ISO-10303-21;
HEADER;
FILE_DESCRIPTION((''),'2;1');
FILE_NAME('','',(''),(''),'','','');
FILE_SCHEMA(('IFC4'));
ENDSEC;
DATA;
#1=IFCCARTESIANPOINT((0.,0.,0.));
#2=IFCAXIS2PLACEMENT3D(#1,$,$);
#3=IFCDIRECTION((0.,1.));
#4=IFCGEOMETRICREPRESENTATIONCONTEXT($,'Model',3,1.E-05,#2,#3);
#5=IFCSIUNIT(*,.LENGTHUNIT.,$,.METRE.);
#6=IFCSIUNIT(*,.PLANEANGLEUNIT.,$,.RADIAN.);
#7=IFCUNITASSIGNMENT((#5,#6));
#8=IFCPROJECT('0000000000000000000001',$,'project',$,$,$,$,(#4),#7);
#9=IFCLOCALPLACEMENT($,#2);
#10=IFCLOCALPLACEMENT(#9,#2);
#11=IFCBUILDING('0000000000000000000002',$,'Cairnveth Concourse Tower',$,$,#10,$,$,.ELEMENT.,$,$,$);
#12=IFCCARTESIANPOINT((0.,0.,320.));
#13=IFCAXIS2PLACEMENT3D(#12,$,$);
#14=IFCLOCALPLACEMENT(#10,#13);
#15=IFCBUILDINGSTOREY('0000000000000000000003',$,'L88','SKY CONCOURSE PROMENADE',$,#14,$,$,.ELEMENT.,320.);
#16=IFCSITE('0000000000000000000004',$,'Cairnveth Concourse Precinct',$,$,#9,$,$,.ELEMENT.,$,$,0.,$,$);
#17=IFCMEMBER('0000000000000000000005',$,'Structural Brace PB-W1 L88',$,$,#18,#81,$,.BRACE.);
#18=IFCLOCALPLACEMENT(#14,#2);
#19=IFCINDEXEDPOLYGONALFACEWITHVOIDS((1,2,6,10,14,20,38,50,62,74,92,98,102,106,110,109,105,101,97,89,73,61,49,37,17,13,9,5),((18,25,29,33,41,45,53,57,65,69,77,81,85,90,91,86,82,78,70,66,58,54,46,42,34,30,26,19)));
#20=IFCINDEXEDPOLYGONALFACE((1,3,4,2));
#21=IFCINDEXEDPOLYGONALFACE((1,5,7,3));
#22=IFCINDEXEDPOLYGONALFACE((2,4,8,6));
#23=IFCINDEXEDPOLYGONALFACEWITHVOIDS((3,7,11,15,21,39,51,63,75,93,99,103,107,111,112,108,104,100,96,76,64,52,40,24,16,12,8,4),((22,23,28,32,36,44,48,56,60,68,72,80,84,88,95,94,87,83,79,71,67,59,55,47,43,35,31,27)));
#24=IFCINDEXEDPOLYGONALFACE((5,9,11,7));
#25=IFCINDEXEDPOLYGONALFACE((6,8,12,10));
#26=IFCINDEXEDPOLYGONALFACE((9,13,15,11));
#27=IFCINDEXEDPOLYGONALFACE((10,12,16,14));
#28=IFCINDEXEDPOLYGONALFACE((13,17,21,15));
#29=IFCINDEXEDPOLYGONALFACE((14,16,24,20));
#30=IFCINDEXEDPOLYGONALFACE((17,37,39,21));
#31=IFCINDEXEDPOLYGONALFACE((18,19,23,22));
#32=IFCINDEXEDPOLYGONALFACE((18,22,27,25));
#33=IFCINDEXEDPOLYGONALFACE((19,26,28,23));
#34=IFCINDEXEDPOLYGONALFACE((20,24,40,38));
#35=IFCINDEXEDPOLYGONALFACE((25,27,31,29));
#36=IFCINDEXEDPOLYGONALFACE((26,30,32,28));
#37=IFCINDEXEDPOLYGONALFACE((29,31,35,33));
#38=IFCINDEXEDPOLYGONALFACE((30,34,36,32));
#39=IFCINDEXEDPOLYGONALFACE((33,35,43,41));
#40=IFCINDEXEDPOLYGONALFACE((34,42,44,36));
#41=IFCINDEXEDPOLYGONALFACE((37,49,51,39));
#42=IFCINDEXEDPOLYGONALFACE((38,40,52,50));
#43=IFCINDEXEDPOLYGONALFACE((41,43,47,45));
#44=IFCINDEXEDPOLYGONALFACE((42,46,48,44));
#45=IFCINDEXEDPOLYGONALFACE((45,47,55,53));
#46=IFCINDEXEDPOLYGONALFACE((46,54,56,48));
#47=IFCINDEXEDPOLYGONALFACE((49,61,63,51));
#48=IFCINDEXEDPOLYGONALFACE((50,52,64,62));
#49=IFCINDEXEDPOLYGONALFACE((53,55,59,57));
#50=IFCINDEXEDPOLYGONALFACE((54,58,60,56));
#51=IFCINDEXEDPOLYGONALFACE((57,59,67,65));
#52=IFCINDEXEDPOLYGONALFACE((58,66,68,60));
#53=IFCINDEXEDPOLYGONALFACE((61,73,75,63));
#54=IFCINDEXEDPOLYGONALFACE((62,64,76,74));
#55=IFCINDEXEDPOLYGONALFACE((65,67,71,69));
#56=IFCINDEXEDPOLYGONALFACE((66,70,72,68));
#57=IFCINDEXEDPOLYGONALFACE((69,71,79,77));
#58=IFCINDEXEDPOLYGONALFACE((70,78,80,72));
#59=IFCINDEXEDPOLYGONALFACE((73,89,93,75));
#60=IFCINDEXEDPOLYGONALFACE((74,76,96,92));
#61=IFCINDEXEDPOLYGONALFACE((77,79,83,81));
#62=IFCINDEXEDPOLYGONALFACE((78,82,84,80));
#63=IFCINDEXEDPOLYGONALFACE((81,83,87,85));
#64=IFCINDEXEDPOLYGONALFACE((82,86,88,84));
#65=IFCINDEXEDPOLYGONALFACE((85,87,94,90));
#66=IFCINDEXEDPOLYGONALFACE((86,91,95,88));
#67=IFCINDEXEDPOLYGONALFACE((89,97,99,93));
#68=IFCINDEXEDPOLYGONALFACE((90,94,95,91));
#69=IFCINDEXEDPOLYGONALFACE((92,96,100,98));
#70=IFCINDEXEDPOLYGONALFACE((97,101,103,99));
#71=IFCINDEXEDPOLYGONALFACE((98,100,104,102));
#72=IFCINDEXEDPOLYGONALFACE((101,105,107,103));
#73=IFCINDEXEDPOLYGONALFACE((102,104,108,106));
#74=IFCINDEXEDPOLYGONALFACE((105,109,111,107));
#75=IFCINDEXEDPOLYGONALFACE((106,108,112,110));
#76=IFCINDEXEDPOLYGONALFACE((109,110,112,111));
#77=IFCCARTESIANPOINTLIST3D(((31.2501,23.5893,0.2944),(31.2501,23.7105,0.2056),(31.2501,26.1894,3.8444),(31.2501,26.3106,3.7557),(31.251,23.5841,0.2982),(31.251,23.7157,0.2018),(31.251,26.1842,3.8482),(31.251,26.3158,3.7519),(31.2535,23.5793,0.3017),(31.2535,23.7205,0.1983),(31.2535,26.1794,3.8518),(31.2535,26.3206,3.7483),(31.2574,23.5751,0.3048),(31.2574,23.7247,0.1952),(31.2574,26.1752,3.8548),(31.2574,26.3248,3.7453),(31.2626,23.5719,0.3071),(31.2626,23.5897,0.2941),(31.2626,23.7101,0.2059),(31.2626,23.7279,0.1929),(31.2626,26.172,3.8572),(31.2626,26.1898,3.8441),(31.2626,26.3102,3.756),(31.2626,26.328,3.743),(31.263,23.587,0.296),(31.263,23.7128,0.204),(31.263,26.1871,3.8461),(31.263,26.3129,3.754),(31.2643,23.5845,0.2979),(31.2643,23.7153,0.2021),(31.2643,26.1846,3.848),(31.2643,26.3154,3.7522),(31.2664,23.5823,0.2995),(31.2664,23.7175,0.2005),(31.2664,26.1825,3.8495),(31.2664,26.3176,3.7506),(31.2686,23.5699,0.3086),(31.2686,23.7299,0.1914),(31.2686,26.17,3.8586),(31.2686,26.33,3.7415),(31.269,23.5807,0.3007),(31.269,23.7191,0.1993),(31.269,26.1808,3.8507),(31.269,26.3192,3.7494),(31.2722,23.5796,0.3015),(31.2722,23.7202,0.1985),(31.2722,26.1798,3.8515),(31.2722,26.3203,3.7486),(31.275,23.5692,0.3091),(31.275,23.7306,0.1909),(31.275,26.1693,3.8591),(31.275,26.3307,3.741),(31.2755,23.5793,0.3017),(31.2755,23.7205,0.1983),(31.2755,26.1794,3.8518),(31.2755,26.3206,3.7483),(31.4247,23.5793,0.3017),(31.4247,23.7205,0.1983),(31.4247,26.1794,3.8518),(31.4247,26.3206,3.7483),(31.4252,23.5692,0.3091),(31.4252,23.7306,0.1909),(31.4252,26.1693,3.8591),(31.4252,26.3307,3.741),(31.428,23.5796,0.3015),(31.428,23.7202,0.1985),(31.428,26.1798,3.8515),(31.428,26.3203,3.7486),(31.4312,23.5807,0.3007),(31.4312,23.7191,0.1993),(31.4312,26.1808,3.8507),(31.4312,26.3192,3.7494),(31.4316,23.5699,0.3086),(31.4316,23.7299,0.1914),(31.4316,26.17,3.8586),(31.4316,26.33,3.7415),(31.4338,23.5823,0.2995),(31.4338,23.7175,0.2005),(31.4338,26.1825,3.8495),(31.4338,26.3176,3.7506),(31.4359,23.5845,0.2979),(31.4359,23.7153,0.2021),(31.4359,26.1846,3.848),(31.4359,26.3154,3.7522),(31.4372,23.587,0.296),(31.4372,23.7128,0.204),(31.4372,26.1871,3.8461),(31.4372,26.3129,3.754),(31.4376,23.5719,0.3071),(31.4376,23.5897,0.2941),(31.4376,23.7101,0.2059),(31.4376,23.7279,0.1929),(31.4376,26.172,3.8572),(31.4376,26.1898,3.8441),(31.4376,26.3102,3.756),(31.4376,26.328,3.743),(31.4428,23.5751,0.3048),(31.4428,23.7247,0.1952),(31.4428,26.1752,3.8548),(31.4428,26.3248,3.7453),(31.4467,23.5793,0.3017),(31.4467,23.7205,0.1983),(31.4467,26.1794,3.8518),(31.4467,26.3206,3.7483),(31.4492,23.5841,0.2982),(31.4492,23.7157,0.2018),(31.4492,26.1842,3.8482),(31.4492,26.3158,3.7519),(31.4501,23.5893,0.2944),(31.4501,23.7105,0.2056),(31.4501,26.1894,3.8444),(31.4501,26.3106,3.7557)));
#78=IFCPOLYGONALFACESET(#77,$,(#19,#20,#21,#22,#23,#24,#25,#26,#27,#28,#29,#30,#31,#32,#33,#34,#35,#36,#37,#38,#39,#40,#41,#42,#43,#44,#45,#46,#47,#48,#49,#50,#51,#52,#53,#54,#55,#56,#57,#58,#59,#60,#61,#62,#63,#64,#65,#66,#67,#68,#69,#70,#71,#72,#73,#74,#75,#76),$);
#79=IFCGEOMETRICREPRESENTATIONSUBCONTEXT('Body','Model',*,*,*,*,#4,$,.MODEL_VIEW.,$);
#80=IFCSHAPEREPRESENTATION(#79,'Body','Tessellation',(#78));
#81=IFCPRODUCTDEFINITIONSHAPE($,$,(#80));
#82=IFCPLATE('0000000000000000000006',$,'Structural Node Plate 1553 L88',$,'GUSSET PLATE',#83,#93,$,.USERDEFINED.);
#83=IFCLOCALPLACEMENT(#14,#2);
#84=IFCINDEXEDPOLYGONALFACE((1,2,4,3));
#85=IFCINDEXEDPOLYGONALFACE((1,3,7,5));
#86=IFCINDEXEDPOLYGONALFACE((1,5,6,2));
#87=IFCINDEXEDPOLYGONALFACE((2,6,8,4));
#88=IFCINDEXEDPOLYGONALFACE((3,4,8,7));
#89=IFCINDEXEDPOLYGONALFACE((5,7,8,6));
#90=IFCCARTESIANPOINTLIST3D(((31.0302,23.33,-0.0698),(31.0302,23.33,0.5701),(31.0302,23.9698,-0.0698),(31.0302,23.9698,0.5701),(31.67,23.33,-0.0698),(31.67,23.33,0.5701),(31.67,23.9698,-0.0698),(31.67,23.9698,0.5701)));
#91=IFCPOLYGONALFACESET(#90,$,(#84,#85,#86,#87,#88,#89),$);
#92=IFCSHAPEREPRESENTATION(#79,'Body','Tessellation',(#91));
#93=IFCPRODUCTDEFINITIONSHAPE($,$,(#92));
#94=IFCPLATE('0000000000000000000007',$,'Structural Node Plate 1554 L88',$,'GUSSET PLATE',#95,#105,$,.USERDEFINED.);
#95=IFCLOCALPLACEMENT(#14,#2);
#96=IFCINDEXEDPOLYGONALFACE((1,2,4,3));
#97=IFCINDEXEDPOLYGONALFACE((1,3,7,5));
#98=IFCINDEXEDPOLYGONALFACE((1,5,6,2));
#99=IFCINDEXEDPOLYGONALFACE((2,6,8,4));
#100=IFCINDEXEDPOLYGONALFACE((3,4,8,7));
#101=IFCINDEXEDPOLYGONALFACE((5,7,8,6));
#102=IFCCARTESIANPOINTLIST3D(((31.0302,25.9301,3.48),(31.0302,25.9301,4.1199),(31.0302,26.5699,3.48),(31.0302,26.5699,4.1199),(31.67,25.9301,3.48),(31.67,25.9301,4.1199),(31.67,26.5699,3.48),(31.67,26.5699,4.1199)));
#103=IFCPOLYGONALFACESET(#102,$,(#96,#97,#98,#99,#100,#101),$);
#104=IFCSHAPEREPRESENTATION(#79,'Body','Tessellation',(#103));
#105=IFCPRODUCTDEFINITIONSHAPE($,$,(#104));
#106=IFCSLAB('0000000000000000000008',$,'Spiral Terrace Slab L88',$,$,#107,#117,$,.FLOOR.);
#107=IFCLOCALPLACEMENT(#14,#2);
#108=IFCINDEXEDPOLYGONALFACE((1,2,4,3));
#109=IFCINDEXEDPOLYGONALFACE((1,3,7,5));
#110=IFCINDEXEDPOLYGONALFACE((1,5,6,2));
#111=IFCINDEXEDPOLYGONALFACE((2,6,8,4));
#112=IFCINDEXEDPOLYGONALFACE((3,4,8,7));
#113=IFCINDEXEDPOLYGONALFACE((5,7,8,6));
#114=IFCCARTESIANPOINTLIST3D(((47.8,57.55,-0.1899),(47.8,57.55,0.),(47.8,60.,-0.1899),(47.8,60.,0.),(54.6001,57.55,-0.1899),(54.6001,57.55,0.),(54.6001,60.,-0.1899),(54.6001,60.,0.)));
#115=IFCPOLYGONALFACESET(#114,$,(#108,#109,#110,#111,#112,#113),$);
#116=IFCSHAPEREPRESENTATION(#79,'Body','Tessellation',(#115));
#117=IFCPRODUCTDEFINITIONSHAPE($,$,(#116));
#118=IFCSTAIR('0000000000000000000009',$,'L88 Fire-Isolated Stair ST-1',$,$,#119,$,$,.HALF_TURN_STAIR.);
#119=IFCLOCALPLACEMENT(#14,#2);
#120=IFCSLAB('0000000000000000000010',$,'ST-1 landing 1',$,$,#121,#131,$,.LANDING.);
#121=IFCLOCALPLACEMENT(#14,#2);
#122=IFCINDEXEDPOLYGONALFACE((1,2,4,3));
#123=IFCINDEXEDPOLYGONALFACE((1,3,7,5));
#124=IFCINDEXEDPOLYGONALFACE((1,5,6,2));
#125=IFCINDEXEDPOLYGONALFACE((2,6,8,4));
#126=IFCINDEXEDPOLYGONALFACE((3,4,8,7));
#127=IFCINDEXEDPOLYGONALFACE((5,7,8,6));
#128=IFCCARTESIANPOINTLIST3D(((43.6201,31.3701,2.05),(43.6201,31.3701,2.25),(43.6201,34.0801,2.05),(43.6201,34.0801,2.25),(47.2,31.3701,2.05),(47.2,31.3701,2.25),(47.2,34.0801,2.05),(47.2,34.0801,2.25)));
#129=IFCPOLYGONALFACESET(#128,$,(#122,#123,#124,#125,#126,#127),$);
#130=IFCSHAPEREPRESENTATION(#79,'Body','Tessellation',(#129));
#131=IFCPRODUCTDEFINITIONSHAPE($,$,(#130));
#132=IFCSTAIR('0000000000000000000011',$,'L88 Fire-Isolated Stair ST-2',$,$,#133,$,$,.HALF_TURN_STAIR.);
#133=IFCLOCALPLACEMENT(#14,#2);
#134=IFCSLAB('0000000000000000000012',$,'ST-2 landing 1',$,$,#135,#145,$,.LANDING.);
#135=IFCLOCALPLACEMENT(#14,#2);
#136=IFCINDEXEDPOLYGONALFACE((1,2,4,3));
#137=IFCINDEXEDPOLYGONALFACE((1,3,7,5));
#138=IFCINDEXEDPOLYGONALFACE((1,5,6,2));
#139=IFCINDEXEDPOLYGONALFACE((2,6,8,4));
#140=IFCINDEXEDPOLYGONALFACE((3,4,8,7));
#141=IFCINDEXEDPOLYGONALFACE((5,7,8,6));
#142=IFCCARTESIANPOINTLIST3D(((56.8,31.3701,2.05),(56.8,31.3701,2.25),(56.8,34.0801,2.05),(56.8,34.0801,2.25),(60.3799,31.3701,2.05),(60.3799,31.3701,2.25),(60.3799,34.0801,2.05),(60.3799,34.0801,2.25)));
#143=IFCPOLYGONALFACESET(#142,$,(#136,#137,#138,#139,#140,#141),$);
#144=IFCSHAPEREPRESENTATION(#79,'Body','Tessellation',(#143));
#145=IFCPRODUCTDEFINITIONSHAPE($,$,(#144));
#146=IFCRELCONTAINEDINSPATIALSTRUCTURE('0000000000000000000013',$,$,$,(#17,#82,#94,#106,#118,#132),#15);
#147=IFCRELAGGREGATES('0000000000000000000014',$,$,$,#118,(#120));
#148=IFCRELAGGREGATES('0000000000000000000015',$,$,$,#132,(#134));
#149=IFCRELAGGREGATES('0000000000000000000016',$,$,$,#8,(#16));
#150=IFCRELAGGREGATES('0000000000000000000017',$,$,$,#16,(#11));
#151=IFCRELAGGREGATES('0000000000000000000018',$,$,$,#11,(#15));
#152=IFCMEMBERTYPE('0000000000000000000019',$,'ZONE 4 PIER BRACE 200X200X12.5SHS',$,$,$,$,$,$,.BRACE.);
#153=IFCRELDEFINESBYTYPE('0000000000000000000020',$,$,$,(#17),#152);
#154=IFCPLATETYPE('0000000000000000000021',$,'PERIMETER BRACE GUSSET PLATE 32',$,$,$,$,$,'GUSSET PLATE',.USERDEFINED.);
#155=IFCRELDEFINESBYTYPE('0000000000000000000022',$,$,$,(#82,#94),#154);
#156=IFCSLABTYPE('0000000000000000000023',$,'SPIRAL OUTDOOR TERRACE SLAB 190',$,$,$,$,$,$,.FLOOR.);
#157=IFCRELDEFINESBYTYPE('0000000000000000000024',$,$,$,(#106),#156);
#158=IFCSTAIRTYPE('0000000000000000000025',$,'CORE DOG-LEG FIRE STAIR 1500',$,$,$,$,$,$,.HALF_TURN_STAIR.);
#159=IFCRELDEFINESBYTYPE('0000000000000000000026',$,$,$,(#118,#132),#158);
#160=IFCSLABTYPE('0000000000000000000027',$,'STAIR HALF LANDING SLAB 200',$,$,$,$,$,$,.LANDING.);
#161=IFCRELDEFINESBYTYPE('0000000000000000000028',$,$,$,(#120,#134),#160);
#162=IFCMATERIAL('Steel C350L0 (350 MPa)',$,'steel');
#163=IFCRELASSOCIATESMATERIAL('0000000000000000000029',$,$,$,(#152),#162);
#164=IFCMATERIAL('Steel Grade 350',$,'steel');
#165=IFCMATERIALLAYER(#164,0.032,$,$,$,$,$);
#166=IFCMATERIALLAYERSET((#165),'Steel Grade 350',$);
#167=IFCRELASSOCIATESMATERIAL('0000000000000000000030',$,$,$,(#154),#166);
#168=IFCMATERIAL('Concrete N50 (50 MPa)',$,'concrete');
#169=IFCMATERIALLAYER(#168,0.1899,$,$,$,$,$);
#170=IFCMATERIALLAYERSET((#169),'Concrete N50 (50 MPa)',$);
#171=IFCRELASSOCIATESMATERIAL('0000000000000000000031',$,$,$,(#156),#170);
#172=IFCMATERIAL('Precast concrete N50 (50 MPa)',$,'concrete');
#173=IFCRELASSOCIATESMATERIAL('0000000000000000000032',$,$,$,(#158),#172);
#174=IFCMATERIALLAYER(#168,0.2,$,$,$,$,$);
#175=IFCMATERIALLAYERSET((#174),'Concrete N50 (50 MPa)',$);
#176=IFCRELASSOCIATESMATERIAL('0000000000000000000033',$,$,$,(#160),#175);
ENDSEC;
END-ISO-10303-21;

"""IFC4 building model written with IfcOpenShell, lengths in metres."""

from ifc_helpers import new_model, si_unit, direction, frame, origin, origin_2d, place, context, subcontext, project, spatial, polyline, rectangle, hollow_rectangle, outline, extrude, material, layer, layer_set, material_profile, profile_set, type_object, element, aggregate, save


model = new_model("IFC4")

# Units and contexts
model_context = context("Model", 3, precision=1e-05, world=origin(), true_north=direction((0.0, 1.0)))
body_context = subcontext(model_context, "Body", "Model", "MODEL_VIEW")
ifc_project = project(units=[si_unit("LENGTHUNIT", "METRE"), si_unit("PLANEANGLEUNIT", "RADIAN")], contexts=[model_context])

# Site, building, storey
site_placement = place(None, origin())
site = spatial("IfcSite", under=ifc_project, at=site_placement, Name="Cairnveth Concourse Precinct", CompositionType="ELEMENT", RefElevation=0.0)
building_placement = place(site_placement, origin())
building = spatial("IfcBuilding", under=site, at=building_placement, Name="Cairnveth Concourse Tower", CompositionType="ELEMENT")
storey_placement = place(building_placement, frame((0.0, 0.0, 320.0)))
storey = spatial("IfcBuildingStorey", under=building, at=storey_placement, Name="L88", Description="SKY CONCOURSE PROMENADE", CompositionType="ELEMENT", Elevation=320.0)

# Shared definitions
ifc_material_1 = material(Name="Steel Grade 350", Category="steel")

# Member
ifc_material_2 = material(Name="Steel C350L0 (350 MPa)", Category="steel")
ifc_material_profile_1 = material_profile(ifc_material_2, hollow_rectangle(XDim=0.2, YDim=0.2, WallThickness=0.0125, InnerFilletRadius=0.0129, OuterFilletRadius=0.0249, at=origin_2d()), Name="200x200x12.5SHS")
ifc_profile_set_1 = profile_set([ifc_material_profile_1], Name="Steel C350L0 (350 MPa)")
member_type = type_object("IfcMemberType", Name="ZONE 4 PIER BRACE 200X200X12.5SHS", PredefinedType="BRACE", material=ifc_profile_set_1)
member_placement = place(storey_placement, frame((31.3501, 23.6499, 0.25), z_axis=(0.0, 0.59088, 0.806759), x_axis=(-1.0, 0.0, 0.0)))
element("IfcMember", 1, at=member_placement, inside=storey, type_object=member_type, Name="Structural Brace PB-W1 L88", PredefinedType="BRACE", context=body_context, shape_type="SweptSolid", body=[
    extrude(hollow_rectangle(XDim=0.2, YDim=0.2, WallThickness=0.0125, InnerFilletRadius=0.0129, OuterFilletRadius=0.0249, at=origin_2d()), origin(), (0.0, 0.0, 1.0), 4.4004),
])

# Plates
ifc_layer_1 = layer(ifc_material_1, 0.032)
ifc_layer_set_1 = layer_set([ifc_layer_1], Name="Steel Grade 350")
plate_type = type_object("IfcPlateType", Name="PERIMETER BRACE GUSSET PLATE 32", ElementType="GUSSET PLATE", PredefinedType="USERDEFINED", material=ifc_layer_set_1)
for number, where, z_axis, x_axis, name in (
    (2, (31.3501, 23.6499, -0.0698), (0.0, 0.0, 1.0), (1.0, 0.0, 0.0), "Structural Node Plate 1553 L88"),
    (3, (31.3501, 26.25, 3.48), (0.0, 0.0, 1.0), (1.0, 0.0, 0.0), "Structural Node Plate 1554 L88"),
):
    element("IfcPlate", number, at=place(storey_placement, frame(where, z_axis=z_axis, x_axis=x_axis)), inside=storey, type_object=plate_type, Name=name, ObjectType="GUSSET PLATE", PredefinedType="USERDEFINED", context=body_context, shape_type="SweptSolid", body=[
        extrude(rectangle(XDim=0.6399, YDim=0.6399, at=origin_2d()), origin(), (0.0, 0.0, 1.0), 0.6399),
    ])

# Slab
ifc_material_3 = material(Name="Concrete N50 (50 MPa)", Category="concrete")
ifc_layer_2 = layer(ifc_material_3, 0.1899)
ifc_layer_set_2 = layer_set([ifc_layer_2], Name="Concrete N50 (50 MPa)")
slab_type_1 = type_object("IfcSlabType", Name="SPIRAL OUTDOOR TERRACE SLAB 190", PredefinedType="FLOOR", material=ifc_layer_set_2)
slab_1_placement = place(storey_placement, frame((0.0, 0.0, -0.1899)))
element("IfcSlab", 4, at=slab_1_placement, inside=storey, type_object=slab_type_1, Name="Spiral Terrace Slab L88", PredefinedType="FLOOR", context=body_context, shape_type="SweptSolid", body=[
    extrude(outline(polyline([(47.8, 57.55), (54.6001, 57.55), (54.6001, 60.0), (47.8, 60.0), (47.8, 57.55)])), origin(), (0.0, 0.0, 1.0), 0.1899),
])

# Stairs, slabs
ifc_material_4 = material(Name="Precast concrete N50 (50 MPa)", Category="concrete")
stair_type = type_object("IfcStairType", Name="CORE DOG-LEG FIRE STAIR 1500", PredefinedType="HALF_TURN_STAIR", material=ifc_material_4)
stair_1_placement = place(storey_placement, origin())
stair_1 = element("IfcStair", 5, at=stair_1_placement, inside=storey, type_object=stair_type, Name="L88 Fire-Isolated Stair ST-1", PredefinedType="HALF_TURN_STAIR")
ifc_layer_3 = layer(ifc_material_3, 0.2)
ifc_layer_set_3 = layer_set([ifc_layer_3], Name="Concrete N50 (50 MPa)")
slab_type_2 = type_object("IfcSlabType", Name="STAIR HALF LANDING SLAB 200", PredefinedType="LANDING", material=ifc_layer_set_3)
slab_2_placement = place(storey_placement, frame((0.0, 0.0, 2.05)))
slab_2 = element("IfcSlab", 6, at=slab_2_placement, type_object=slab_type_2, Name="ST-1 landing 1", PredefinedType="LANDING", context=body_context, shape_type="SweptSolid", body=[
    extrude(outline(polyline([(43.6201, 34.0801), (43.6201, 31.3701), (47.2, 31.3701), (47.2, 34.0801), (43.6201, 34.0801)])), origin(), (0.0, 0.0, 1.0), 0.2),
])
aggregate(stair_1, [slab_2])
stair_2_placement = place(storey_placement, origin())
stair_2 = element("IfcStair", 7, at=stair_2_placement, inside=storey, type_object=stair_type, Name="L88 Fire-Isolated Stair ST-2", PredefinedType="HALF_TURN_STAIR")
slab_3_placement = place(storey_placement, frame((0.0, 0.0, 2.05)))
slab_3 = element("IfcSlab", 8, at=slab_3_placement, type_object=slab_type_2, Name="ST-2 landing 1", PredefinedType="LANDING", context=body_context, shape_type="SweptSolid", body=[
    extrude(outline(polyline([(56.8, 34.0801), (56.8, 31.3701), (60.3799, 31.3701), (60.3799, 34.0801), (56.8, 34.0801)])), origin(), (0.0, 0.0, 1.0), 0.2),
])
aggregate(stair_2, [slab_3])

save(model, "model.ifc")
